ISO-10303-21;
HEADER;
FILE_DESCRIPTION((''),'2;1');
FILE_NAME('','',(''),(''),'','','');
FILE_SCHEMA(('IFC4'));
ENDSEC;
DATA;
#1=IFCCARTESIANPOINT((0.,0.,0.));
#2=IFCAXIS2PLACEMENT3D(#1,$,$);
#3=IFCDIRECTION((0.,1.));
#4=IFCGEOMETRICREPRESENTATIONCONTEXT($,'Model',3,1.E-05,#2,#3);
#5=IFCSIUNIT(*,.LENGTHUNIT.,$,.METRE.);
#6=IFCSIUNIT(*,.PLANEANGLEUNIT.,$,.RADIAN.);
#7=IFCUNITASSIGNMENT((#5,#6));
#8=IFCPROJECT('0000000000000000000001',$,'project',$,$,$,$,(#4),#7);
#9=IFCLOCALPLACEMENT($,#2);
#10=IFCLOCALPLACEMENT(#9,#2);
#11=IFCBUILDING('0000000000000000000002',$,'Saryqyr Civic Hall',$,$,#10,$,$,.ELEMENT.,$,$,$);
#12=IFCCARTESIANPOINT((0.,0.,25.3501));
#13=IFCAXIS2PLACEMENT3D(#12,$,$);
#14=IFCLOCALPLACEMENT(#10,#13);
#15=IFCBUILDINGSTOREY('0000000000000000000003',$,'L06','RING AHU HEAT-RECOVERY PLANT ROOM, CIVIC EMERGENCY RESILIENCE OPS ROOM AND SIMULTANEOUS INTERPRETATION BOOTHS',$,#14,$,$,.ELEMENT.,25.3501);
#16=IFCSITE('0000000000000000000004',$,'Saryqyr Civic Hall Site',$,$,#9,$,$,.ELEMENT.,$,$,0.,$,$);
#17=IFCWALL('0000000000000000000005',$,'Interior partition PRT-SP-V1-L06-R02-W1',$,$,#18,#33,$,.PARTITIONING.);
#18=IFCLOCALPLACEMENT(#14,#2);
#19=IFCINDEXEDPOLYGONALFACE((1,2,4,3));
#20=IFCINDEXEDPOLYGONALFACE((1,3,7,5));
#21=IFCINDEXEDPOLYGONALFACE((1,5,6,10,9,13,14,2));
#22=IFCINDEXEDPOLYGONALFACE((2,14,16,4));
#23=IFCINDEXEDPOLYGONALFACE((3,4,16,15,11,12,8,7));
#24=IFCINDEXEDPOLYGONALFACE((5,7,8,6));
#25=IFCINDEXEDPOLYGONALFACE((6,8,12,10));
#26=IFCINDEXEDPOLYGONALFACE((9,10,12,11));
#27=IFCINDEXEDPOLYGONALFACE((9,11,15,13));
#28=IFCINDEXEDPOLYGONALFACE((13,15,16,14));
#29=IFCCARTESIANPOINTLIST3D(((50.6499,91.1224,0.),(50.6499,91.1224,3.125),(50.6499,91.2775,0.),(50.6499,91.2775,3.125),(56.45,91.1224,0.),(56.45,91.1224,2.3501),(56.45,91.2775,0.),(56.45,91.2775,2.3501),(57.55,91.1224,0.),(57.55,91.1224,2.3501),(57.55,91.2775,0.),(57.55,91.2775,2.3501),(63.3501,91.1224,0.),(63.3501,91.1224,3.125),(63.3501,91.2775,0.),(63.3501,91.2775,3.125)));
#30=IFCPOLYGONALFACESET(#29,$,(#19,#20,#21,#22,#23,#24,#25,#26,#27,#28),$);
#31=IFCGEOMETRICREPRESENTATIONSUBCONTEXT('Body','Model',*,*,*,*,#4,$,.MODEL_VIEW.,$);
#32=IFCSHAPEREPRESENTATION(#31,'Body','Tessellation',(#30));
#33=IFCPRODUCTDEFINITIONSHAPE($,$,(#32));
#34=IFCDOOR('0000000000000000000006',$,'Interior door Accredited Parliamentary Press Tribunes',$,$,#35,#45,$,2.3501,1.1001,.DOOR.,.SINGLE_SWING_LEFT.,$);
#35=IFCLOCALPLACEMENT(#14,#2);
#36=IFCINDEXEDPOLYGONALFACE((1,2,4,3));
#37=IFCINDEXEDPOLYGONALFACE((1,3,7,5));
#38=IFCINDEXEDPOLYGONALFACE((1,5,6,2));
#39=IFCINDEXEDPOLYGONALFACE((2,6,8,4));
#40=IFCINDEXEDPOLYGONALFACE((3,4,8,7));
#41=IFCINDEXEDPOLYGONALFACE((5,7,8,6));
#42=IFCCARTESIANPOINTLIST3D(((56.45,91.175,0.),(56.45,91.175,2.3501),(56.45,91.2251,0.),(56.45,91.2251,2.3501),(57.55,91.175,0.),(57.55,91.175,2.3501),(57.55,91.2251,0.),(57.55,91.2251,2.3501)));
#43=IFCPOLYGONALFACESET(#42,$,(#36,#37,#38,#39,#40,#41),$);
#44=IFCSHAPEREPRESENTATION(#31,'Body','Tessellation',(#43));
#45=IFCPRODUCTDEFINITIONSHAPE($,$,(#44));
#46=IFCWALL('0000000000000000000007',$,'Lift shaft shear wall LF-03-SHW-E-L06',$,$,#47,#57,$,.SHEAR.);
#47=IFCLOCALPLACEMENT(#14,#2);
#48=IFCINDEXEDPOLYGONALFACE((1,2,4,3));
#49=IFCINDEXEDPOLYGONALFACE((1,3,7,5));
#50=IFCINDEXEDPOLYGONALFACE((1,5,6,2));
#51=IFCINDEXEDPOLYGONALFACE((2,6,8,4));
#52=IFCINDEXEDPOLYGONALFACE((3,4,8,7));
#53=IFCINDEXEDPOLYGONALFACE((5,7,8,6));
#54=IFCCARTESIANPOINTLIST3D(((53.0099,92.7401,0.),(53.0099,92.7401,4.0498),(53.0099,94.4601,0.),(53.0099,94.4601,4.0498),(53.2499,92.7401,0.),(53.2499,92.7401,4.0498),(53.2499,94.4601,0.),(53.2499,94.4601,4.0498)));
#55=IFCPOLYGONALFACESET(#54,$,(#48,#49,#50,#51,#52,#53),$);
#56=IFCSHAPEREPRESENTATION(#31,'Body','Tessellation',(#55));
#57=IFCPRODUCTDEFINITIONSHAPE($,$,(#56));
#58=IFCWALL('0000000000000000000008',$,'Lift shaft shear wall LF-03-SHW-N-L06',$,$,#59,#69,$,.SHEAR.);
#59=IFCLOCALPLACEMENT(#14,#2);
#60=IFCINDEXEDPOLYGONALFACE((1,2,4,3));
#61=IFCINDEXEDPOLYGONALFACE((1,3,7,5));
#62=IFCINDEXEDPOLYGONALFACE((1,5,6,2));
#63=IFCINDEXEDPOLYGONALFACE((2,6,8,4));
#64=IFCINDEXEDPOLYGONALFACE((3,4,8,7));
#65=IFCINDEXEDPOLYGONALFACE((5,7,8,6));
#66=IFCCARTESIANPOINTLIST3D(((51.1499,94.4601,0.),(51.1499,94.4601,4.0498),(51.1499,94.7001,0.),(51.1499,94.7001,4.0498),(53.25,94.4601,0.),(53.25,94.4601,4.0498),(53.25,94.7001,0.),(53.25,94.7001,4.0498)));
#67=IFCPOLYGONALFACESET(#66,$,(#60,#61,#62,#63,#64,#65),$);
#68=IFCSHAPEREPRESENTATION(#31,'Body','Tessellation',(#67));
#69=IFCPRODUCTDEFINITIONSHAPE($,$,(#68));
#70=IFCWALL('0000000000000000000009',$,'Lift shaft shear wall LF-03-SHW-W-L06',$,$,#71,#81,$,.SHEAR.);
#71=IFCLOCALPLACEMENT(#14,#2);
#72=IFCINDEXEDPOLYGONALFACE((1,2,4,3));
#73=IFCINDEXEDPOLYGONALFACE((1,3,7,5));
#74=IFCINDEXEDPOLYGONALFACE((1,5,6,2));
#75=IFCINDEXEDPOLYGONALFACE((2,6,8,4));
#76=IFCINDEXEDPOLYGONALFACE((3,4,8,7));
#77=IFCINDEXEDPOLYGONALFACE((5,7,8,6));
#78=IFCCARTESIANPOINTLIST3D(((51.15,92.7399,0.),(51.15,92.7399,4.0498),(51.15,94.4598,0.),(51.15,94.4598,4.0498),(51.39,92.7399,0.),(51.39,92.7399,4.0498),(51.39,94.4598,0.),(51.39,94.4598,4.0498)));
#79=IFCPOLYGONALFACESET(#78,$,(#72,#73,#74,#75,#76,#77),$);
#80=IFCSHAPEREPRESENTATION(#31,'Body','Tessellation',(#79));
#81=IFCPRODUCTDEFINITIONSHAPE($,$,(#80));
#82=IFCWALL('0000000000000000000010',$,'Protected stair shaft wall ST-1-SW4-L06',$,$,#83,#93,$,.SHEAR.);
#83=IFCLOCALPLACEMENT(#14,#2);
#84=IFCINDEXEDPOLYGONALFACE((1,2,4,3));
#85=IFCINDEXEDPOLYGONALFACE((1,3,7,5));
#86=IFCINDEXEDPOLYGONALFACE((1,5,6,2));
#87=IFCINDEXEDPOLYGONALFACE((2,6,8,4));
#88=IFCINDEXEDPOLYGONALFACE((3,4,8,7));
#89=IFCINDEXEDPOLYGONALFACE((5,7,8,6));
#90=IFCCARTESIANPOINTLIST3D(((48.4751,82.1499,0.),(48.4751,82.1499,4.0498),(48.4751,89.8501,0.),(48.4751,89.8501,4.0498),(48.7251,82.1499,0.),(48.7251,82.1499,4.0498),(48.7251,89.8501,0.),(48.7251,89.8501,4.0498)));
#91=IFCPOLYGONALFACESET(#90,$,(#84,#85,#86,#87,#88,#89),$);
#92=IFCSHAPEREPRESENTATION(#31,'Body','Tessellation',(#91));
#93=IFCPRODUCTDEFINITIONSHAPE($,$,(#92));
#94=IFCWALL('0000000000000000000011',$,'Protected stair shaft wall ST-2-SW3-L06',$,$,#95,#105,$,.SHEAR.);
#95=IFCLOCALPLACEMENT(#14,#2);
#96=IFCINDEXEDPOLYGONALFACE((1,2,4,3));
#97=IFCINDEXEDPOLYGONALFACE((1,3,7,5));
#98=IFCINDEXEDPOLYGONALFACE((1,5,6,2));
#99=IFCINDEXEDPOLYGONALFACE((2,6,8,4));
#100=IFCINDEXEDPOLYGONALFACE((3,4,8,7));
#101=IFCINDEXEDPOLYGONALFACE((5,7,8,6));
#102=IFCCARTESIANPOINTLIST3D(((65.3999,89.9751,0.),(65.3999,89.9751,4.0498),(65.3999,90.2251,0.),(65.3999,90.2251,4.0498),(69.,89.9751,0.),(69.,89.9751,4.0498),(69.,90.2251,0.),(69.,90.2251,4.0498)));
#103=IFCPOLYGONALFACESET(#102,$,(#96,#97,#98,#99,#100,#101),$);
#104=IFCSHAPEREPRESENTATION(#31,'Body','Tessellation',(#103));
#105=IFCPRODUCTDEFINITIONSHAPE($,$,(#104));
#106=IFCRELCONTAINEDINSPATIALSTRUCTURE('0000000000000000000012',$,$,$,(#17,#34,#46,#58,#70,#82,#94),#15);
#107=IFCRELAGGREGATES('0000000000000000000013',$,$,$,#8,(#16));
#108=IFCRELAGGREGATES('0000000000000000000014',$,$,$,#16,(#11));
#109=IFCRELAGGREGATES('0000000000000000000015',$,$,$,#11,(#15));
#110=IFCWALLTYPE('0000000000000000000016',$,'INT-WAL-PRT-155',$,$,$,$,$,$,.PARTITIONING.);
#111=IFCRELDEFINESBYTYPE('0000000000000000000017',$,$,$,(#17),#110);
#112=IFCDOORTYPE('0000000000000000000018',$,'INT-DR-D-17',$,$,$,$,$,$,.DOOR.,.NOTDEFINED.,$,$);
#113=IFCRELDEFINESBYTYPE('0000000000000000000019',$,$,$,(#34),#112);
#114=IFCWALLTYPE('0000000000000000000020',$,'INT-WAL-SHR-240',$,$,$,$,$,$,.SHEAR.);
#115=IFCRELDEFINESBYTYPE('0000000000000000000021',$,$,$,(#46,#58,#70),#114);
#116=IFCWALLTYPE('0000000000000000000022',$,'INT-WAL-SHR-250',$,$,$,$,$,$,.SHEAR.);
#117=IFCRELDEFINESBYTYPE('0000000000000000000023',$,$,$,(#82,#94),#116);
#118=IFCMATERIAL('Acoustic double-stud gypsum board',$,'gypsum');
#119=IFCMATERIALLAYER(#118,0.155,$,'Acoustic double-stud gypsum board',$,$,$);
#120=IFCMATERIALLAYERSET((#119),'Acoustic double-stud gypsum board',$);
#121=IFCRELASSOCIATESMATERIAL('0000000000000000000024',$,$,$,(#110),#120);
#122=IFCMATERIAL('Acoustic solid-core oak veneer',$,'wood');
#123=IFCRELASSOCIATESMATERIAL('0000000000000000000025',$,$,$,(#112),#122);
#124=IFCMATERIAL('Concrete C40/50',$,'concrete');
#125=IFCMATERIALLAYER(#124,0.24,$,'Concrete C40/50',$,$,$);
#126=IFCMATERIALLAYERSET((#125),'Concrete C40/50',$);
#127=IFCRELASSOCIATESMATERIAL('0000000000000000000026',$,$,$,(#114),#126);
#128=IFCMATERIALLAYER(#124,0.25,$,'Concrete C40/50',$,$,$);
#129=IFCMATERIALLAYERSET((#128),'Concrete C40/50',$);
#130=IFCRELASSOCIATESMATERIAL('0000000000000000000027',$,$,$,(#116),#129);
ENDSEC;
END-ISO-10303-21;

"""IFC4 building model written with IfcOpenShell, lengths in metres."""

from ifc_helpers import new_model, si_unit, direction, frame, frame_2d, origin, place, context, subcontext, project, spatial, rectangle, extrude, material, layer, layer_set, type_object, element, fill, save


model = new_model("IFC4")

# Units and contexts
model_context = context("Model", 3, precision=1e-05, world=origin(), true_north=direction((0.0, 1.0)))
body_context = subcontext(model_context, "Body", "Model", "MODEL_VIEW")
ifc_project = project(units=[si_unit("LENGTHUNIT", "METRE"), si_unit("PLANEANGLEUNIT", "RADIAN")], contexts=[model_context])

# Site, building, storey
site_placement = place(None, origin())
site = spatial("IfcSite", under=ifc_project, at=site_placement, Name="Saryqyr Civic Hall Site", CompositionType="ELEMENT", RefElevation=0.0)
building_placement = place(site_placement, origin())
building = spatial("IfcBuilding", under=site, at=building_placement, Name="Saryqyr Civic Hall", CompositionType="ELEMENT")
storey_placement = place(building_placement, frame((0.0, 0.0, 25.3501)))
storey = spatial("IfcBuildingStorey", under=building, at=storey_placement, Name="L06", Description="RING AHU HEAT-RECOVERY PLANT ROOM, CIVIC EMERGENCY RESILIENCE OPS ROOM AND SIMULTANEOUS INTERPRETATION BOOTHS", CompositionType="ELEMENT", Elevation=25.3501)

# Shared definitions
ifc_material_1 = material(Name="Concrete C40/50", Category="concrete")

# Wall, opening, door
ifc_material_2 = material(Name="Acoustic double-stud gypsum board", Category="gypsum")
ifc_layer_1 = layer(ifc_material_2, 0.155, Name="Acoustic double-stud gypsum board")
ifc_layer_set_1 = layer_set([ifc_layer_1], Name="Acoustic double-stud gypsum board")
wall_type_1 = type_object("IfcWallType", Name="INT-WAL-PRT-155", PredefinedType="PARTITIONING", material=ifc_layer_set_1)
wall_1_placement = place(storey_placement, frame((63.3501, 91.2, 0.0), z_axis=(0.0, 0.0, 1.0), x_axis=(-1.0, 0.0, 0.0)))
wall_1 = element("IfcWall", 1, at=wall_1_placement, inside=storey, type_object=wall_type_1, Name="Interior partition PRT-SP-V1-L06-R02-W1", PredefinedType="PARTITIONING", context=body_context, shape_type="SweptSolid", body=[
    extrude(rectangle(XDim=12.7002, YDim=0.155, at=frame_2d((6.3501, 0.0))), origin(), (0.0, 0.0, 1.0), 3.125),
])
opening_1_placement = place(wall_1_placement, frame((5.8, 0.0, 0.0)))
opening_1 = element("IfcOpeningElement", 2, at=opening_1_placement, cuts=wall_1, PredefinedType="OPENING", context=body_context, shape_type="SweptSolid", body=[
    extrude(rectangle(XDim=1.1001, YDim=2.3501, at=frame_2d((0.55, 1.175))), frame((0.0, 0.0874, 0.0), z_axis=(0.0, -1.0, 0.0), x_axis=(1.0, 0.0, 0.0)), (0.0, 0.0, 1.0), 0.175),
])
ifc_material_3 = material(Name="Acoustic solid-core oak veneer", Category="wood")
door_type_1 = type_object("IfcDoorType", Name="INT-DR-D-17", OperationType="NOTDEFINED", PredefinedType="DOOR", material=ifc_material_3)
door_1_placement = place(opening_1_placement, origin())
door_1 = element("IfcDoor", 3, at=door_1_placement, inside=storey, type_object=door_type_1, Name="Interior door Accredited Parliamentary Press Tribunes", OperationType="SINGLE_SWING_LEFT", OverallHeight=2.3501, OverallWidth=1.1001, PredefinedType="DOOR", context=body_context, shape_type="SweptSolid", body=[
    extrude(rectangle(XDim=1.1001, YDim=2.3501, at=frame_2d((0.55, 1.175))), frame((0.0, 0.0249, 0.0), z_axis=(0.0, -1.0, 0.0), x_axis=(1.0, 0.0, 0.0)), (0.0, 0.0, 1.0), 0.05),
])
fill(opening_1, door_1)
ifc_layer_2 = layer(ifc_material_1, 0.24, Name="Concrete C40/50")
ifc_layer_set_2 = layer_set([ifc_layer_2], Name="Concrete C40/50")
wall_type_2 = type_object("IfcWallType", Name="INT-WAL-SHR-240", PredefinedType="SHEAR", material=ifc_layer_set_2)

# Walls
wall_2_placement = place(storey_placement, frame((53.1299, 94.46, 0.0), z_axis=(0.0, 0.0, 1.0), x_axis=(0.0, -1.0, 0.0)))
element("IfcWall", 4, at=wall_2_placement, inside=storey, type_object=wall_type_2, Name="Lift shaft shear wall LF-03-SHW-E-L06", PredefinedType="SHEAR", context=body_context, shape_type="SweptSolid", body=[
    extrude(rectangle(XDim=1.72, YDim=0.24, at=frame_2d((0.8599, 0.0))), origin(), (0.0, 0.0, 1.0), 4.0498),
])
wall_3_placement = place(storey_placement, frame((51.1499, 94.5801, 0.0), z_axis=(0.0, 0.0, 1.0), x_axis=(1.0, 0.0, 0.0)))
element("IfcWall", 5, at=wall_3_placement, inside=storey, type_object=wall_type_2, Name="Lift shaft shear wall LF-03-SHW-N-L06", PredefinedType="SHEAR", context=body_context, shape_type="SweptSolid", body=[
    extrude(rectangle(XDim=2.1001, YDim=0.24, at=frame_2d((1.05, 0.0))), origin(), (0.0, 0.0, 1.0), 4.0498),
])
wall_4_placement = place(storey_placement, frame((51.27, 92.74, 0.0), z_axis=(0.0, 0.0, 1.0), x_axis=(0.0, 1.0, 0.0)))
element("IfcWall", 6, at=wall_4_placement, inside=storey, type_object=wall_type_2, Name="Lift shaft shear wall LF-03-SHW-W-L06", PredefinedType="SHEAR", context=body_context, shape_type="SweptSolid", body=[
    extrude(rectangle(XDim=1.72, YDim=0.24, at=frame_2d((0.8599, 0.0))), origin(), (0.0, 0.0, 1.0), 4.0498),
])
ifc_layer_3 = layer(ifc_material_1, 0.25, Name="Concrete C40/50")
ifc_layer_set_3 = layer_set([ifc_layer_3], Name="Concrete C40/50")
wall_type_3 = type_object("IfcWallType", Name="INT-WAL-SHR-250", PredefinedType="SHEAR", material=ifc_layer_set_3)
wall_5_placement = place(storey_placement, frame((48.6001, 89.8501, 0.0), z_axis=(0.0, 0.0, 1.0), x_axis=(0.0, -1.0, 0.0)))
element("IfcWall", 7, at=wall_5_placement, inside=storey, type_object=wall_type_3, Name="Protected stair shaft wall ST-1-SW4-L06", PredefinedType="SHEAR", context=body_context, shape_type="SweptSolid", body=[
    extrude(rectangle(XDim=7.7002, YDim=0.25, at=frame_2d((3.8501, 0.0))), origin(), (0.0, 0.0, 1.0), 4.0498),
])
wall_6_placement = place(storey_placement, frame((65.3999, 90.1001, 0.0), z_axis=(0.0, 0.0, 1.0), x_axis=(1.0, 0.0, 0.0)))
element("IfcWall", 8, at=wall_6_placement, inside=storey, type_object=wall_type_3, Name="Protected stair shaft wall ST-2-SW3-L06", PredefinedType="SHEAR", context=body_context, shape_type="SweptSolid", body=[
    extrude(rectangle(XDim=3.6001, YDim=0.25, at=frame_2d((1.8, 0.0))), origin(), (0.0, 0.0, 1.0), 4.0498),
])

save(model, "model.ifc")
